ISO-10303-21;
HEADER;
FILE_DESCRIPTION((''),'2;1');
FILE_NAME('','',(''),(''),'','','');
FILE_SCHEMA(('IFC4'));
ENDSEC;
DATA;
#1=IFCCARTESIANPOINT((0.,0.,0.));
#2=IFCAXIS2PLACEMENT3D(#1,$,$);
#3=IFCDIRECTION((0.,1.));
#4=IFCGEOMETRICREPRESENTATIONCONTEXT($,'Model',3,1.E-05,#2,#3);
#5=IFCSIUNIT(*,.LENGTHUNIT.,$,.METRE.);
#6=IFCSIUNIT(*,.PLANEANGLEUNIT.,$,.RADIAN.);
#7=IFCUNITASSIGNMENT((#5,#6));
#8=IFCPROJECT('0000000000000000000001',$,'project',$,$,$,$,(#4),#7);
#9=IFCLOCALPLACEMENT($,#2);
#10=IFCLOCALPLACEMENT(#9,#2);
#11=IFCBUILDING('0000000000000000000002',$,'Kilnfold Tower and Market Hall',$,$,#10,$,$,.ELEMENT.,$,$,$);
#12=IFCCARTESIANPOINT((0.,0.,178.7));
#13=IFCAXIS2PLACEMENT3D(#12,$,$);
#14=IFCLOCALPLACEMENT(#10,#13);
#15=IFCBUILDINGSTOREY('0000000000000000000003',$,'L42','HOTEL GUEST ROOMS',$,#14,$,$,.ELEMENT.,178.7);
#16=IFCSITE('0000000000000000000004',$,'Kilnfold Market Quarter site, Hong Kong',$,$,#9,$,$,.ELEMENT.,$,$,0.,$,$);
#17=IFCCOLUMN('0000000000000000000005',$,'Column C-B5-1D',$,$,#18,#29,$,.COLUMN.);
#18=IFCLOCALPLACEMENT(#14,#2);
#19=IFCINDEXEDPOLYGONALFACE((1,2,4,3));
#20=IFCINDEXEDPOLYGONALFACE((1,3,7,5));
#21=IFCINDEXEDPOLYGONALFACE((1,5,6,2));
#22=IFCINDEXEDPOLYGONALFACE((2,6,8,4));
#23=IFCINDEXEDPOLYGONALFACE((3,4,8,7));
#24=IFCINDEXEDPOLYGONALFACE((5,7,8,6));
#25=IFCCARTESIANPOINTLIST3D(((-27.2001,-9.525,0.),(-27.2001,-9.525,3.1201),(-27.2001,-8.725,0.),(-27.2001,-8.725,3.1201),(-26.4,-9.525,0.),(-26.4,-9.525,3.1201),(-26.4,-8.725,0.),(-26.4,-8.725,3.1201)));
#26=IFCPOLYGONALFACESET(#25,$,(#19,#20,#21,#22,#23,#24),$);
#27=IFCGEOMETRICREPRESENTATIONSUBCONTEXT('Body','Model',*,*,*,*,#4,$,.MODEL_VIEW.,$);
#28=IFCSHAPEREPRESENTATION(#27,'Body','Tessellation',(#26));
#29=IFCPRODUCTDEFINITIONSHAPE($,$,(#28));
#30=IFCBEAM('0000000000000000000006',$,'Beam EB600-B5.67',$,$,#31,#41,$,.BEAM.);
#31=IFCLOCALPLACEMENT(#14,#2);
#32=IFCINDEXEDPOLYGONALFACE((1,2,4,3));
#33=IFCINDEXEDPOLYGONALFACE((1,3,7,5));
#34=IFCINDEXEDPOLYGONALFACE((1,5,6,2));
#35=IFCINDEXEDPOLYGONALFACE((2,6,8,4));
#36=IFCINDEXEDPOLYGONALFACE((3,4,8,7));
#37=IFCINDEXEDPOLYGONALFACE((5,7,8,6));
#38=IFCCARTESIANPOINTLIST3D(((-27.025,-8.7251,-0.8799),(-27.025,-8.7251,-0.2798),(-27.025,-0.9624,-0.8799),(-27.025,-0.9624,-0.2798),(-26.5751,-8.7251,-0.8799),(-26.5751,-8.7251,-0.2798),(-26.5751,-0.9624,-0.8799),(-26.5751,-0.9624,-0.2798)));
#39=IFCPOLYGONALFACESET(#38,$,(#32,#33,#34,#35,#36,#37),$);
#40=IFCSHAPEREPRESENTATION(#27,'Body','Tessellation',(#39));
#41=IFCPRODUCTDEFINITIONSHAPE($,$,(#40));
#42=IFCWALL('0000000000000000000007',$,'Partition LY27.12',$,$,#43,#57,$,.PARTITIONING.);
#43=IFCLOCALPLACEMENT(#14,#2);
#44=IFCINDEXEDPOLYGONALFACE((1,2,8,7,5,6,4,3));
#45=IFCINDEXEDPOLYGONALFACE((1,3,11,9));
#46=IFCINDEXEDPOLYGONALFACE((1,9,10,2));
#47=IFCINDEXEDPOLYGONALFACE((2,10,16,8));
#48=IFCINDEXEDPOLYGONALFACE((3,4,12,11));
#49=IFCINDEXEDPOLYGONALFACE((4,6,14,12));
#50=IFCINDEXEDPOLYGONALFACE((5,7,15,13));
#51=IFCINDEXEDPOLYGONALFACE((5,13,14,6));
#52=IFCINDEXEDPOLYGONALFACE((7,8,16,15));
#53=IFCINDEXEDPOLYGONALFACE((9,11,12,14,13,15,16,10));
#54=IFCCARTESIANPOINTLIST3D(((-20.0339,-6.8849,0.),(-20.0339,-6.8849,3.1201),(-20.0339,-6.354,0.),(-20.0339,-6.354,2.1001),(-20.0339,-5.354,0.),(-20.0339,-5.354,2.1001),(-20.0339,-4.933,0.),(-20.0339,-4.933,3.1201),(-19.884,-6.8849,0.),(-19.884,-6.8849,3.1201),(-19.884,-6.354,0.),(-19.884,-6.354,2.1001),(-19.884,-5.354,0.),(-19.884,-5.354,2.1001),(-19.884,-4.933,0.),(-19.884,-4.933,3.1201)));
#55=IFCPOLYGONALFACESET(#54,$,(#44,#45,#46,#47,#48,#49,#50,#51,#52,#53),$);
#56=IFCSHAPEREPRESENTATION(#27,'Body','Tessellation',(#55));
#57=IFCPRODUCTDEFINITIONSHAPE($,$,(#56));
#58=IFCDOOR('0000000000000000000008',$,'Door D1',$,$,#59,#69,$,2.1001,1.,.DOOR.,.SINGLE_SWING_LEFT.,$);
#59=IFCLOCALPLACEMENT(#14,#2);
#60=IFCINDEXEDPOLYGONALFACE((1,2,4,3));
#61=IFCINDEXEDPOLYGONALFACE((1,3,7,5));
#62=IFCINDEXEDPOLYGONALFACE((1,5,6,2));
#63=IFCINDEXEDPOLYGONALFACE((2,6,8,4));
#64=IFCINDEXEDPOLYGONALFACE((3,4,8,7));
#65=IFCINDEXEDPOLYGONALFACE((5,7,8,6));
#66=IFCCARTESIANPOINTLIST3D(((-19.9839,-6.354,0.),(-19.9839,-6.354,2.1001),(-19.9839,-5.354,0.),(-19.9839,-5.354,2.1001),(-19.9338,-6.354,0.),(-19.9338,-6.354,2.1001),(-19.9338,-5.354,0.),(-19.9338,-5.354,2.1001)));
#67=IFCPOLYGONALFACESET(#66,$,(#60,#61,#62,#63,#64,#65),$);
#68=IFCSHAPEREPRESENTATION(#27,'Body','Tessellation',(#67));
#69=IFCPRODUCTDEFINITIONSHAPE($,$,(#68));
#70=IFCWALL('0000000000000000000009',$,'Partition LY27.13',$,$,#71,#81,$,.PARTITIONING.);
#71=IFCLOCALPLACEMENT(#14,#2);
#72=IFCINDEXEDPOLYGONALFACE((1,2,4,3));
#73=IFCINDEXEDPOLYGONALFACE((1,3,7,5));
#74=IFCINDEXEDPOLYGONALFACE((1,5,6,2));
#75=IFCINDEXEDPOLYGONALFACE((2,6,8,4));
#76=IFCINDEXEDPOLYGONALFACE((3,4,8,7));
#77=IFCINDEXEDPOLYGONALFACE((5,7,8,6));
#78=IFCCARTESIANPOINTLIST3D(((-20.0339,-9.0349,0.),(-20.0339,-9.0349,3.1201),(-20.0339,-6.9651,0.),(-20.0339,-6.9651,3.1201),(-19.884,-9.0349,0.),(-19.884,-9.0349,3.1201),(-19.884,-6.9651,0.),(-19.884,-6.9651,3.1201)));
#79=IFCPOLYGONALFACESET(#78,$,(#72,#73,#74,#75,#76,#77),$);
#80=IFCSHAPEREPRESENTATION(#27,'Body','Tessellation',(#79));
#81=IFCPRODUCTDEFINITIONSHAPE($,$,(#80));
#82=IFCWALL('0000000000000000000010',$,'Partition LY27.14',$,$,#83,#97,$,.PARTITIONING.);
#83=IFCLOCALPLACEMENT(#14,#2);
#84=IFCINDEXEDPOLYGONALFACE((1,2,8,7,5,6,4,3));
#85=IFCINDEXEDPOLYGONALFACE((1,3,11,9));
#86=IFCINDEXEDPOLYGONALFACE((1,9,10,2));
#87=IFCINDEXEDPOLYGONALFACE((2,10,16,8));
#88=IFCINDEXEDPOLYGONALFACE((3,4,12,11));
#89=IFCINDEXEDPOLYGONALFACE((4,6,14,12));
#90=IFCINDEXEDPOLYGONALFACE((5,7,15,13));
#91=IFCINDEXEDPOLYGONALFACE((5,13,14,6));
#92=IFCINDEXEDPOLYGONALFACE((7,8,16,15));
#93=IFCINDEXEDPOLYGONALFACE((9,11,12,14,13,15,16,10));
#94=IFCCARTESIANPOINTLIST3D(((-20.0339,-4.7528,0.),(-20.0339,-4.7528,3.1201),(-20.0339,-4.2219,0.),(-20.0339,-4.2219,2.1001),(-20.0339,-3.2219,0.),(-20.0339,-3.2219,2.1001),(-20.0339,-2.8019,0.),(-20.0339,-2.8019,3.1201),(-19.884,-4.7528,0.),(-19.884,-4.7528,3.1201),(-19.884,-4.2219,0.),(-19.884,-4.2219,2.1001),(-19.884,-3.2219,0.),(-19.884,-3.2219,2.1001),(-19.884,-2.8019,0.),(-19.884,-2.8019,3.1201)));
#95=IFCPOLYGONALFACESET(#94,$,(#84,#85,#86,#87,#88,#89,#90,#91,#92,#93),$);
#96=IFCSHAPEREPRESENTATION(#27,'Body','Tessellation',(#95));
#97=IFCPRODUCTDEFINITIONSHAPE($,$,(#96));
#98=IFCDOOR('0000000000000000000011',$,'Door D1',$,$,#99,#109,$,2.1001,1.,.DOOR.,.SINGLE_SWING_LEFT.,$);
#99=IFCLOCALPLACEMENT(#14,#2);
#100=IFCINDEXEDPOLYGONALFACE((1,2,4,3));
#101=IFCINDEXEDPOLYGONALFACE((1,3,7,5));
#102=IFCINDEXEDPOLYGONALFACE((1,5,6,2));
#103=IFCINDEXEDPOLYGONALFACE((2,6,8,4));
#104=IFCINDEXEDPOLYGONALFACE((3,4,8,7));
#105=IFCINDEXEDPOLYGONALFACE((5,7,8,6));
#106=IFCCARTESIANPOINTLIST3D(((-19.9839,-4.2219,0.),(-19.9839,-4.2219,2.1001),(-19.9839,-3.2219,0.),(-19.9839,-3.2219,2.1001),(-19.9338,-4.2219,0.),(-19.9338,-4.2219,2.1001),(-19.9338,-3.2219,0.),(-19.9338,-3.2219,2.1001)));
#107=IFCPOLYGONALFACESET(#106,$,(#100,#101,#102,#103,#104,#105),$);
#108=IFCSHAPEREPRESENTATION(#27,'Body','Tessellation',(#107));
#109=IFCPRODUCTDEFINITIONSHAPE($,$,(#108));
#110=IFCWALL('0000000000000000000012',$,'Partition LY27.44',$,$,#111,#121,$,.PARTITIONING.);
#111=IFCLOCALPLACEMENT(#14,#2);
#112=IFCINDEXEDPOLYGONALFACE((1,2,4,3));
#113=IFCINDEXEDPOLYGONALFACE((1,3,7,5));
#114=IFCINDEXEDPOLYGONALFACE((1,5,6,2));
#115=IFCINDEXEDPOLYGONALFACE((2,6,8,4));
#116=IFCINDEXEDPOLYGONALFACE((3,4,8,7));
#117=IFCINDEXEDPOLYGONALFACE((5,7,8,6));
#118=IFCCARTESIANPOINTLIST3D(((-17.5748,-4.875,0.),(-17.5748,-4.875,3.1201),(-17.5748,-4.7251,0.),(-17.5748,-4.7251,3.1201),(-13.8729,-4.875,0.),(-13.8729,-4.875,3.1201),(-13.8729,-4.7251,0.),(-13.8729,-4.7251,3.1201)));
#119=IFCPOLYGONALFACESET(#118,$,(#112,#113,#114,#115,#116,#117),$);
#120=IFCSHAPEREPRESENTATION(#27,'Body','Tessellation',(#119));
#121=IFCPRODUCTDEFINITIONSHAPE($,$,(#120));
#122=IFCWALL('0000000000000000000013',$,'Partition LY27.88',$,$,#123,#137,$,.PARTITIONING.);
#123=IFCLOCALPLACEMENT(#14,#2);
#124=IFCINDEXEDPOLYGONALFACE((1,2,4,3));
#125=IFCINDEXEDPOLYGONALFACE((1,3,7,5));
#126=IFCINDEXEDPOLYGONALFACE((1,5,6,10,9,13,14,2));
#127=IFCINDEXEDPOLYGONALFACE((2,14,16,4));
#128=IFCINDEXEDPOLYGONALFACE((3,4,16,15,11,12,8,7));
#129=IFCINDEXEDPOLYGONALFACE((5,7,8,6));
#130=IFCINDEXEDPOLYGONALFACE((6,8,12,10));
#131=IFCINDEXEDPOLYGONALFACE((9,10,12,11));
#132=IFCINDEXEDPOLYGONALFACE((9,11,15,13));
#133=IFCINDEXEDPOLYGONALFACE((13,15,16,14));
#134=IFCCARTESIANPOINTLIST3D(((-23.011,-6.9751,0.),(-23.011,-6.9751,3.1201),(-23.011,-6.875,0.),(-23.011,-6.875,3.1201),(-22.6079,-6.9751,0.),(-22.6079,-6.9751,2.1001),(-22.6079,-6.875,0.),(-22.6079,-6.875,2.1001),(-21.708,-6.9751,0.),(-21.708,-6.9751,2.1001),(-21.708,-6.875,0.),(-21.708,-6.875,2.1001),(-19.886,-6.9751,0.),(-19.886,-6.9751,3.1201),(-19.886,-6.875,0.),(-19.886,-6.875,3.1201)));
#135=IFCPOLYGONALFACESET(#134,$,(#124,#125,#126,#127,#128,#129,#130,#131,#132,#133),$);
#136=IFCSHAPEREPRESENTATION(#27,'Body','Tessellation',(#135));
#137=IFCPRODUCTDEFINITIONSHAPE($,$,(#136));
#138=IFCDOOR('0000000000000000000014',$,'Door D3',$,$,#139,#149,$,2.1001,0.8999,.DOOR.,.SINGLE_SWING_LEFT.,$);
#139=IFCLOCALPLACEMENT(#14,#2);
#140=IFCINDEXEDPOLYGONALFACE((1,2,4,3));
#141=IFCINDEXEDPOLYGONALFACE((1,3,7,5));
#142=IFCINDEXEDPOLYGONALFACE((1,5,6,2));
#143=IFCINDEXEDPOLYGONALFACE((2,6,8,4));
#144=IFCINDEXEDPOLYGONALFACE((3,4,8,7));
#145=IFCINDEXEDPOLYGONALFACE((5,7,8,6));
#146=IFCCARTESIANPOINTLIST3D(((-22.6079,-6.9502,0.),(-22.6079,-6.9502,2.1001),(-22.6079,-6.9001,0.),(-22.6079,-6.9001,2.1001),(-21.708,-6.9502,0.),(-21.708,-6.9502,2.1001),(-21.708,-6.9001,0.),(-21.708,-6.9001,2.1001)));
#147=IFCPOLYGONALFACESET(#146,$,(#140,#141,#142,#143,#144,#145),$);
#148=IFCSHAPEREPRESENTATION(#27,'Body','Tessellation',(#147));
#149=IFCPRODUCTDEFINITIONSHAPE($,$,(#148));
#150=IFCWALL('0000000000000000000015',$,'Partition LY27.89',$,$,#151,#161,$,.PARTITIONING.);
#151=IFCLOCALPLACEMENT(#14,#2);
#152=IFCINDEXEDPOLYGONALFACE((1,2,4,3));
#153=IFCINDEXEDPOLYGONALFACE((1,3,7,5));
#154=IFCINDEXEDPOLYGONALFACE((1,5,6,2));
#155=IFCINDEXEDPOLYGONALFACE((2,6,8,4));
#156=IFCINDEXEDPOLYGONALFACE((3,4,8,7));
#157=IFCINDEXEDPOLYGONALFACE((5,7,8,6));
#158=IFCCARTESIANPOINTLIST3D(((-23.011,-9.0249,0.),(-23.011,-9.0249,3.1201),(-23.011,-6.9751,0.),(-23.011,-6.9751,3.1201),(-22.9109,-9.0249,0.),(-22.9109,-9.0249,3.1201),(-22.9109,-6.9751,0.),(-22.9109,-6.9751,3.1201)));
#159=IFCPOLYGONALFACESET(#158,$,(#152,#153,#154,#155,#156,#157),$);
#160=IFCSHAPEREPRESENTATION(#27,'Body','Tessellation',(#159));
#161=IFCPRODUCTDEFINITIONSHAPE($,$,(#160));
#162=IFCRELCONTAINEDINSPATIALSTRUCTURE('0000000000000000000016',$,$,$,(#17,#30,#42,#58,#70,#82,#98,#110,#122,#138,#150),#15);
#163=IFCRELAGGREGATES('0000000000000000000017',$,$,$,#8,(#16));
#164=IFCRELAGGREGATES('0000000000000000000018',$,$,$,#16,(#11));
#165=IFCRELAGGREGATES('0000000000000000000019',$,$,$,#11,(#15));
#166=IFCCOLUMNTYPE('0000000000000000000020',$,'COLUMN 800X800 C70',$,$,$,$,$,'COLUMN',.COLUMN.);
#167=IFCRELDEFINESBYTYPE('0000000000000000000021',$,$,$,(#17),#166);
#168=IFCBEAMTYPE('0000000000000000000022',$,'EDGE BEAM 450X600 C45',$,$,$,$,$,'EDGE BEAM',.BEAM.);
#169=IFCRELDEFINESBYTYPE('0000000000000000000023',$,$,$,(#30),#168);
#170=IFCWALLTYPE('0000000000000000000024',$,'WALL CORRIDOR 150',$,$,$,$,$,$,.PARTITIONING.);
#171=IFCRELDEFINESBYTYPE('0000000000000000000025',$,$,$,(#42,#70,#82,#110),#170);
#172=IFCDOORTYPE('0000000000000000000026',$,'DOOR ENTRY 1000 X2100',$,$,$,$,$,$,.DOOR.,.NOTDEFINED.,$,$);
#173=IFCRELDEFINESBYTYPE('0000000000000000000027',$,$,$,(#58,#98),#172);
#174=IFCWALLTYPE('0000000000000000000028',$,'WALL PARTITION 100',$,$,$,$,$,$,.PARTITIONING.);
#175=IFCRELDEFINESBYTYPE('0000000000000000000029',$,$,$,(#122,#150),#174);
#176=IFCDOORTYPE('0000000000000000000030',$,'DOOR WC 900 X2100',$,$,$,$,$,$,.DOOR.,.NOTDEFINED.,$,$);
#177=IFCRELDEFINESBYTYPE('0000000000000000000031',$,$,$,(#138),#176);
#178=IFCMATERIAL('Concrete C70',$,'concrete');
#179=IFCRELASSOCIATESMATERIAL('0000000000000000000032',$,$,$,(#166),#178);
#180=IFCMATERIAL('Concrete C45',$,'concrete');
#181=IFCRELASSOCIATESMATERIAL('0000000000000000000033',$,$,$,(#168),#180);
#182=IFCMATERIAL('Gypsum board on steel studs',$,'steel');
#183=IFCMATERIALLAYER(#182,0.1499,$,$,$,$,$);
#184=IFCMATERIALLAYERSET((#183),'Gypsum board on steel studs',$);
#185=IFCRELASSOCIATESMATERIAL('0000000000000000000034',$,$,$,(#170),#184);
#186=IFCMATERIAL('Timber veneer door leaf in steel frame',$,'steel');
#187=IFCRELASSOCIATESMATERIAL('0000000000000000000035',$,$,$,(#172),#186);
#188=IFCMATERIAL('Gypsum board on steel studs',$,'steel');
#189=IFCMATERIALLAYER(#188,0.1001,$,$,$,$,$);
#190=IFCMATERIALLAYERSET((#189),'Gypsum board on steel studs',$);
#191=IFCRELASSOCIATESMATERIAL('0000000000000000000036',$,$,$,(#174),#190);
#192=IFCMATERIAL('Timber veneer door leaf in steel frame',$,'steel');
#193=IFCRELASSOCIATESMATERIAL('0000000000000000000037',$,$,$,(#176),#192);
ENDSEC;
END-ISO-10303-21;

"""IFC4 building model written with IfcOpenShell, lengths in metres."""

from ifc_helpers import new_model, si_unit, direction, frame, frame_2d, origin, origin_2d, place, context, subcontext, project, spatial, rectangle, extrude, source, transform, mapped, material, layer, layer_set, material_profile, profile_set, type_object, element, fill, save


model = new_model("IFC4")

# Units and contexts
model_context = context("Model", 3, precision=1e-05, world=origin(), true_north=direction((0.0, 1.0)))
body_context = subcontext(model_context, "Body", "Model", "MODEL_VIEW")
ifc_project = project(units=[si_unit("LENGTHUNIT", "METRE"), si_unit("PLANEANGLEUNIT", "RADIAN")], contexts=[model_context])

# Site, building, storey
site_placement = place(None, origin())
site = spatial("IfcSite", under=ifc_project, at=site_placement, Name="Kilnfold Market Quarter site, Hong Kong", CompositionType="ELEMENT", RefElevation=0.0)
building_placement = place(site_placement, origin())
building = spatial("IfcBuilding", under=site, at=building_placement, Name="Kilnfold Tower and Market Hall", CompositionType="ELEMENT")
storey_placement = place(building_placement, frame((0.0, 0.0, 178.7)))
storey = spatial("IfcBuildingStorey", under=building, at=storey_placement, Name="L42", Description="HOTEL GUEST ROOMS", CompositionType="ELEMENT", Elevation=178.7)

# Column
ifc_material_1 = material(Name="Concrete C70", Category="concrete")
ifc_material_profile_1 = material_profile(ifc_material_1, rectangle(XDim=0.8, YDim=0.8, at=origin_2d()), Name="RC 800x800")
ifc_profile_set_1 = profile_set([ifc_material_profile_1], Name="Concrete C70")
column_type = type_object("IfcColumnType", Name="COLUMN 800X800 C70", ElementType="COLUMN", PredefinedType="COLUMN", material=ifc_profile_set_1)
shared_shape_1 = source(origin(), body_context, "Body", "SweptSolid", [
    extrude(rectangle(XDim=0.8, YDim=0.8, at=origin_2d()), origin(), (0.0, 0.0, 1.0), 3.1201),
])
column_placement = place(storey_placement, frame((-26.8, -9.125, 0.0), z_axis=(0.0, 0.0, 1.0), x_axis=(1.0, 0.0, 0.0)))
element("IfcColumn", 1, at=column_placement, inside=storey, type_object=column_type, Name="Column C-B5-1D", PredefinedType="COLUMN", context=body_context, shape_type="MappedRepresentation", body=[
    mapped(shared_shape_1, transform((0.0, 0.0, 0.0))),
])

# Beam
ifc_material_2 = material(Name="Concrete C45", Category="concrete")
ifc_material_profile_2 = material_profile(ifc_material_2, rectangle(XDim=0.45, YDim=0.6001, at=origin_2d()), Name="RC 450x600")
ifc_profile_set_2 = profile_set([ifc_material_profile_2], Name="Concrete C45")
beam_type = type_object("IfcBeamType", Name="EDGE BEAM 450X600 C45", ElementType="EDGE BEAM", PredefinedType="BEAM", material=ifc_profile_set_2)
shared_shape_2 = source(origin(), body_context, "Body", "SweptSolid", [
    extrude(rectangle(XDim=0.45, YDim=0.6001, at=origin_2d()), origin(), (0.0, 0.0, 1.0), 7.7627),
])
beam_placement = place(storey_placement, frame((-26.8, -8.7251, -0.5798), z_axis=(0.0, 1.0, 0.0), x_axis=(-1.0, 0.0, 0.0)))
element("IfcBeam", 2, at=beam_placement, inside=storey, type_object=beam_type, Name="Beam EB600-B5.67", PredefinedType="BEAM", context=body_context, shape_type="MappedRepresentation", body=[
    mapped(shared_shape_2, transform((0.0, 0.0, 0.0))),
])

# Wall, opening, door
ifc_material_3 = material(Name="Gypsum board on steel studs", Category="steel")
ifc_layer_1 = layer(ifc_material_3, 0.1499)
ifc_layer_set_1 = layer_set([ifc_layer_1], Name="Gypsum board on steel studs")
wall_type_1 = type_object("IfcWallType", Name="WALL CORRIDOR 150", PredefinedType="PARTITIONING", material=ifc_layer_set_1)
wall_1_placement = place(storey_placement, frame((-19.959, -6.885, 0.0), z_axis=(0.0, 0.0, 1.0), x_axis=(0.0, 1.0, 0.0)))
wall_1 = element("IfcWall", 3, at=wall_1_placement, inside=storey, type_object=wall_type_1, Name="Partition LY27.12", PredefinedType="PARTITIONING", context=body_context, shape_type="SweptSolid", body=[
    extrude(rectangle(XDim=1.9519, YDim=0.1499, at=frame_2d((0.9761, 0.0))), origin(), (0.0, 0.0, 1.0), 3.1201),
])
opening_1_placement = place(wall_1_placement, frame((0.531, 0.0, 0.0)))
opening_1 = element("IfcOpeningElement", 4, at=opening_1_placement, cuts=wall_1, PredefinedType="OPENING", context=body_context, shape_type="SweptSolid", body=[
    extrude(rectangle(XDim=1.0, YDim=2.1001, at=frame_2d((0.5, 1.05))), frame((0.0, 0.085, 0.0), z_axis=(0.0, -1.0, 0.0), x_axis=(1.0, 0.0, 0.0)), (0.0, 0.0, 1.0), 0.1699),
])
ifc_material_4 = material(Name="Timber veneer door leaf in steel frame", Category="steel")
door_type_1 = type_object("IfcDoorType", Name="DOOR ENTRY 1000 X2100", OperationType="NOTDEFINED", PredefinedType="DOOR", material=ifc_material_4)
door_1_placement = place(opening_1_placement, origin())
door_1 = element("IfcDoor", 5, at=door_1_placement, inside=storey, type_object=door_type_1, Name="Door D1", OperationType="SINGLE_SWING_LEFT", OverallHeight=2.1001, OverallWidth=1.0, PredefinedType="DOOR", context=body_context, shape_type="SweptSolid", body=[
    extrude(rectangle(XDim=1.0, YDim=2.1001, at=frame_2d((0.5, 1.05))), frame((0.0, 0.0249, 0.0), z_axis=(0.0, -1.0, 0.0), x_axis=(1.0, 0.0, 0.0)), (0.0, 0.0, 1.0), 0.05),
])
fill(opening_1, door_1)

# Wall
wall_2_placement = place(storey_placement, frame((-19.959, -9.0349, 0.0), z_axis=(0.0, 0.0, 1.0), x_axis=(0.0, 1.0, 0.0)))
element("IfcWall", 6, at=wall_2_placement, inside=storey, type_object=wall_type_1, Name="Partition LY27.13", PredefinedType="PARTITIONING", context=body_context, shape_type="SweptSolid", body=[
    extrude(rectangle(XDim=2.0698, YDim=0.1499, at=frame_2d((1.0349, 0.0))), origin(), (0.0, 0.0, 1.0), 3.1201),
])

# Wall, opening, door
wall_3_placement = place(storey_placement, frame((-19.959, -4.7529, 0.0), z_axis=(0.0, 0.0, 1.0), x_axis=(0.0, 1.0, 0.0)))
wall_3 = element("IfcWall", 7, at=wall_3_placement, inside=storey, type_object=wall_type_1, Name="Partition LY27.14", PredefinedType="PARTITIONING", context=body_context, shape_type="SweptSolid", body=[
    extrude(rectangle(XDim=1.9509, YDim=0.1499, at=frame_2d((0.9756, 0.0))), origin(), (0.0, 0.0, 1.0), 3.1201),
])
opening_2_placement = place(wall_3_placement, frame((0.531, 0.0, 0.0)))
opening_2 = element("IfcOpeningElement", 8, at=opening_2_placement, cuts=wall_3, PredefinedType="OPENING", context=body_context, shape_type="SweptSolid", body=[
    extrude(rectangle(XDim=1.0, YDim=2.1001, at=frame_2d((0.5, 1.05))), frame((0.0, 0.085, 0.0), z_axis=(0.0, -1.0, 0.0), x_axis=(1.0, 0.0, 0.0)), (0.0, 0.0, 1.0), 0.1699),
])
door_2_placement = place(opening_2_placement, origin())
door_2 = element("IfcDoor", 9, at=door_2_placement, inside=storey, type_object=door_type_1, Name="Door D1", OperationType="SINGLE_SWING_LEFT", OverallHeight=2.1001, OverallWidth=1.0, PredefinedType="DOOR", context=body_context, shape_type="SweptSolid", body=[
    extrude(rectangle(XDim=1.0, YDim=2.1001, at=frame_2d((0.5, 1.05))), frame((0.0, 0.0249, 0.0), z_axis=(0.0, -1.0, 0.0), x_axis=(1.0, 0.0, 0.0)), (0.0, 0.0, 1.0), 0.05),
])
fill(opening_2, door_2)

# Wall
wall_4_placement = place(storey_placement, frame((-17.575, -4.8, 0.0), z_axis=(0.0, 0.0, 1.0), x_axis=(1.0, 0.0, 0.0)))
element("IfcWall", 10, at=wall_4_placement, inside=storey, type_object=wall_type_1, Name="Partition LY27.44", PredefinedType="PARTITIONING", context=body_context, shape_type="SweptSolid", body=[
    extrude(rectangle(XDim=3.7019, YDim=0.1499, at=frame_2d((1.8511, 0.0))), origin(), (0.0, 0.0, 1.0), 3.1201),
])

# Wall, opening, door
ifc_material_5 = material(Name="Gypsum board on steel studs", Category="steel")
ifc_layer_2 = layer(ifc_material_5, 0.1001)
ifc_layer_set_2 = layer_set([ifc_layer_2], Name="Gypsum board on steel studs")
wall_type_2 = type_object("IfcWallType", Name="WALL PARTITION 100", PredefinedType="PARTITIONING", material=ifc_layer_set_2)
wall_5_placement = place(storey_placement, frame((-23.011, -6.925, 0.0), z_axis=(0.0, 0.0, 1.0), x_axis=(1.0, 0.0, 0.0)))
wall_5 = element("IfcWall", 11, at=wall_5_placement, inside=storey, type_object=wall_type_2, Name="Partition LY27.88", PredefinedType="PARTITIONING", context=body_context, shape_type="SweptSolid", body=[
    extrude(rectangle(XDim=3.125, YDim=0.1001, at=frame_2d((1.5625, 0.0))), origin(), (0.0, 0.0, 1.0), 3.1201),
])
opening_3_placement = place(wall_5_placement, frame((0.4031, 0.0, 0.0)))
opening_3 = element("IfcOpeningElement", 12, at=opening_3_placement, cuts=wall_5, PredefinedType="OPENING", context=body_context, shape_type="SweptSolid", body=[
    extrude(rectangle(XDim=0.8999, YDim=2.1001, at=frame_2d((0.45, 1.05))), frame((0.0, 0.0601, 0.0), z_axis=(0.0, -1.0, 0.0), x_axis=(1.0, 0.0, 0.0)), (0.0, 0.0, 1.0), 0.1201),
])
ifc_material_6 = material(Name="Timber veneer door leaf in steel frame", Category="steel")
door_type_2 = type_object("IfcDoorType", Name="DOOR WC 900 X2100", OperationType="NOTDEFINED", PredefinedType="DOOR", material=ifc_material_6)
door_3_placement = place(opening_3_placement, origin())
door_3 = element("IfcDoor", 13, at=door_3_placement, inside=storey, type_object=door_type_2, Name="Door D3", OperationType="SINGLE_SWING_LEFT", OverallHeight=2.1001, OverallWidth=0.8999, PredefinedType="DOOR", context=body_context, shape_type="SweptSolid", body=[
    extrude(rectangle(XDim=0.8999, YDim=2.1001, at=frame_2d((0.45, 1.05))), frame((0.0, 0.0249, 0.0), z_axis=(0.0, -1.0, 0.0), x_axis=(1.0, 0.0, 0.0)), (0.0, 0.0, 1.0), 0.05),
])
fill(opening_3, door_3)

# Wall
wall_6_placement = place(storey_placement, frame((-22.9609, -9.0249, 0.0), z_axis=(0.0, 0.0, 1.0), x_axis=(0.0, 1.0, 0.0)))
element("IfcWall", 14, at=wall_6_placement, inside=storey, type_object=wall_type_2, Name="Partition LY27.89", PredefinedType="PARTITIONING", context=body_context, shape_type="SweptSolid", body=[
    extrude(rectangle(XDim=2.0498, YDim=0.1001, at=frame_2d((1.0249, 0.0))), origin(), (0.0, 0.0, 1.0), 3.1201),
])

save(model, "model.ifc")
